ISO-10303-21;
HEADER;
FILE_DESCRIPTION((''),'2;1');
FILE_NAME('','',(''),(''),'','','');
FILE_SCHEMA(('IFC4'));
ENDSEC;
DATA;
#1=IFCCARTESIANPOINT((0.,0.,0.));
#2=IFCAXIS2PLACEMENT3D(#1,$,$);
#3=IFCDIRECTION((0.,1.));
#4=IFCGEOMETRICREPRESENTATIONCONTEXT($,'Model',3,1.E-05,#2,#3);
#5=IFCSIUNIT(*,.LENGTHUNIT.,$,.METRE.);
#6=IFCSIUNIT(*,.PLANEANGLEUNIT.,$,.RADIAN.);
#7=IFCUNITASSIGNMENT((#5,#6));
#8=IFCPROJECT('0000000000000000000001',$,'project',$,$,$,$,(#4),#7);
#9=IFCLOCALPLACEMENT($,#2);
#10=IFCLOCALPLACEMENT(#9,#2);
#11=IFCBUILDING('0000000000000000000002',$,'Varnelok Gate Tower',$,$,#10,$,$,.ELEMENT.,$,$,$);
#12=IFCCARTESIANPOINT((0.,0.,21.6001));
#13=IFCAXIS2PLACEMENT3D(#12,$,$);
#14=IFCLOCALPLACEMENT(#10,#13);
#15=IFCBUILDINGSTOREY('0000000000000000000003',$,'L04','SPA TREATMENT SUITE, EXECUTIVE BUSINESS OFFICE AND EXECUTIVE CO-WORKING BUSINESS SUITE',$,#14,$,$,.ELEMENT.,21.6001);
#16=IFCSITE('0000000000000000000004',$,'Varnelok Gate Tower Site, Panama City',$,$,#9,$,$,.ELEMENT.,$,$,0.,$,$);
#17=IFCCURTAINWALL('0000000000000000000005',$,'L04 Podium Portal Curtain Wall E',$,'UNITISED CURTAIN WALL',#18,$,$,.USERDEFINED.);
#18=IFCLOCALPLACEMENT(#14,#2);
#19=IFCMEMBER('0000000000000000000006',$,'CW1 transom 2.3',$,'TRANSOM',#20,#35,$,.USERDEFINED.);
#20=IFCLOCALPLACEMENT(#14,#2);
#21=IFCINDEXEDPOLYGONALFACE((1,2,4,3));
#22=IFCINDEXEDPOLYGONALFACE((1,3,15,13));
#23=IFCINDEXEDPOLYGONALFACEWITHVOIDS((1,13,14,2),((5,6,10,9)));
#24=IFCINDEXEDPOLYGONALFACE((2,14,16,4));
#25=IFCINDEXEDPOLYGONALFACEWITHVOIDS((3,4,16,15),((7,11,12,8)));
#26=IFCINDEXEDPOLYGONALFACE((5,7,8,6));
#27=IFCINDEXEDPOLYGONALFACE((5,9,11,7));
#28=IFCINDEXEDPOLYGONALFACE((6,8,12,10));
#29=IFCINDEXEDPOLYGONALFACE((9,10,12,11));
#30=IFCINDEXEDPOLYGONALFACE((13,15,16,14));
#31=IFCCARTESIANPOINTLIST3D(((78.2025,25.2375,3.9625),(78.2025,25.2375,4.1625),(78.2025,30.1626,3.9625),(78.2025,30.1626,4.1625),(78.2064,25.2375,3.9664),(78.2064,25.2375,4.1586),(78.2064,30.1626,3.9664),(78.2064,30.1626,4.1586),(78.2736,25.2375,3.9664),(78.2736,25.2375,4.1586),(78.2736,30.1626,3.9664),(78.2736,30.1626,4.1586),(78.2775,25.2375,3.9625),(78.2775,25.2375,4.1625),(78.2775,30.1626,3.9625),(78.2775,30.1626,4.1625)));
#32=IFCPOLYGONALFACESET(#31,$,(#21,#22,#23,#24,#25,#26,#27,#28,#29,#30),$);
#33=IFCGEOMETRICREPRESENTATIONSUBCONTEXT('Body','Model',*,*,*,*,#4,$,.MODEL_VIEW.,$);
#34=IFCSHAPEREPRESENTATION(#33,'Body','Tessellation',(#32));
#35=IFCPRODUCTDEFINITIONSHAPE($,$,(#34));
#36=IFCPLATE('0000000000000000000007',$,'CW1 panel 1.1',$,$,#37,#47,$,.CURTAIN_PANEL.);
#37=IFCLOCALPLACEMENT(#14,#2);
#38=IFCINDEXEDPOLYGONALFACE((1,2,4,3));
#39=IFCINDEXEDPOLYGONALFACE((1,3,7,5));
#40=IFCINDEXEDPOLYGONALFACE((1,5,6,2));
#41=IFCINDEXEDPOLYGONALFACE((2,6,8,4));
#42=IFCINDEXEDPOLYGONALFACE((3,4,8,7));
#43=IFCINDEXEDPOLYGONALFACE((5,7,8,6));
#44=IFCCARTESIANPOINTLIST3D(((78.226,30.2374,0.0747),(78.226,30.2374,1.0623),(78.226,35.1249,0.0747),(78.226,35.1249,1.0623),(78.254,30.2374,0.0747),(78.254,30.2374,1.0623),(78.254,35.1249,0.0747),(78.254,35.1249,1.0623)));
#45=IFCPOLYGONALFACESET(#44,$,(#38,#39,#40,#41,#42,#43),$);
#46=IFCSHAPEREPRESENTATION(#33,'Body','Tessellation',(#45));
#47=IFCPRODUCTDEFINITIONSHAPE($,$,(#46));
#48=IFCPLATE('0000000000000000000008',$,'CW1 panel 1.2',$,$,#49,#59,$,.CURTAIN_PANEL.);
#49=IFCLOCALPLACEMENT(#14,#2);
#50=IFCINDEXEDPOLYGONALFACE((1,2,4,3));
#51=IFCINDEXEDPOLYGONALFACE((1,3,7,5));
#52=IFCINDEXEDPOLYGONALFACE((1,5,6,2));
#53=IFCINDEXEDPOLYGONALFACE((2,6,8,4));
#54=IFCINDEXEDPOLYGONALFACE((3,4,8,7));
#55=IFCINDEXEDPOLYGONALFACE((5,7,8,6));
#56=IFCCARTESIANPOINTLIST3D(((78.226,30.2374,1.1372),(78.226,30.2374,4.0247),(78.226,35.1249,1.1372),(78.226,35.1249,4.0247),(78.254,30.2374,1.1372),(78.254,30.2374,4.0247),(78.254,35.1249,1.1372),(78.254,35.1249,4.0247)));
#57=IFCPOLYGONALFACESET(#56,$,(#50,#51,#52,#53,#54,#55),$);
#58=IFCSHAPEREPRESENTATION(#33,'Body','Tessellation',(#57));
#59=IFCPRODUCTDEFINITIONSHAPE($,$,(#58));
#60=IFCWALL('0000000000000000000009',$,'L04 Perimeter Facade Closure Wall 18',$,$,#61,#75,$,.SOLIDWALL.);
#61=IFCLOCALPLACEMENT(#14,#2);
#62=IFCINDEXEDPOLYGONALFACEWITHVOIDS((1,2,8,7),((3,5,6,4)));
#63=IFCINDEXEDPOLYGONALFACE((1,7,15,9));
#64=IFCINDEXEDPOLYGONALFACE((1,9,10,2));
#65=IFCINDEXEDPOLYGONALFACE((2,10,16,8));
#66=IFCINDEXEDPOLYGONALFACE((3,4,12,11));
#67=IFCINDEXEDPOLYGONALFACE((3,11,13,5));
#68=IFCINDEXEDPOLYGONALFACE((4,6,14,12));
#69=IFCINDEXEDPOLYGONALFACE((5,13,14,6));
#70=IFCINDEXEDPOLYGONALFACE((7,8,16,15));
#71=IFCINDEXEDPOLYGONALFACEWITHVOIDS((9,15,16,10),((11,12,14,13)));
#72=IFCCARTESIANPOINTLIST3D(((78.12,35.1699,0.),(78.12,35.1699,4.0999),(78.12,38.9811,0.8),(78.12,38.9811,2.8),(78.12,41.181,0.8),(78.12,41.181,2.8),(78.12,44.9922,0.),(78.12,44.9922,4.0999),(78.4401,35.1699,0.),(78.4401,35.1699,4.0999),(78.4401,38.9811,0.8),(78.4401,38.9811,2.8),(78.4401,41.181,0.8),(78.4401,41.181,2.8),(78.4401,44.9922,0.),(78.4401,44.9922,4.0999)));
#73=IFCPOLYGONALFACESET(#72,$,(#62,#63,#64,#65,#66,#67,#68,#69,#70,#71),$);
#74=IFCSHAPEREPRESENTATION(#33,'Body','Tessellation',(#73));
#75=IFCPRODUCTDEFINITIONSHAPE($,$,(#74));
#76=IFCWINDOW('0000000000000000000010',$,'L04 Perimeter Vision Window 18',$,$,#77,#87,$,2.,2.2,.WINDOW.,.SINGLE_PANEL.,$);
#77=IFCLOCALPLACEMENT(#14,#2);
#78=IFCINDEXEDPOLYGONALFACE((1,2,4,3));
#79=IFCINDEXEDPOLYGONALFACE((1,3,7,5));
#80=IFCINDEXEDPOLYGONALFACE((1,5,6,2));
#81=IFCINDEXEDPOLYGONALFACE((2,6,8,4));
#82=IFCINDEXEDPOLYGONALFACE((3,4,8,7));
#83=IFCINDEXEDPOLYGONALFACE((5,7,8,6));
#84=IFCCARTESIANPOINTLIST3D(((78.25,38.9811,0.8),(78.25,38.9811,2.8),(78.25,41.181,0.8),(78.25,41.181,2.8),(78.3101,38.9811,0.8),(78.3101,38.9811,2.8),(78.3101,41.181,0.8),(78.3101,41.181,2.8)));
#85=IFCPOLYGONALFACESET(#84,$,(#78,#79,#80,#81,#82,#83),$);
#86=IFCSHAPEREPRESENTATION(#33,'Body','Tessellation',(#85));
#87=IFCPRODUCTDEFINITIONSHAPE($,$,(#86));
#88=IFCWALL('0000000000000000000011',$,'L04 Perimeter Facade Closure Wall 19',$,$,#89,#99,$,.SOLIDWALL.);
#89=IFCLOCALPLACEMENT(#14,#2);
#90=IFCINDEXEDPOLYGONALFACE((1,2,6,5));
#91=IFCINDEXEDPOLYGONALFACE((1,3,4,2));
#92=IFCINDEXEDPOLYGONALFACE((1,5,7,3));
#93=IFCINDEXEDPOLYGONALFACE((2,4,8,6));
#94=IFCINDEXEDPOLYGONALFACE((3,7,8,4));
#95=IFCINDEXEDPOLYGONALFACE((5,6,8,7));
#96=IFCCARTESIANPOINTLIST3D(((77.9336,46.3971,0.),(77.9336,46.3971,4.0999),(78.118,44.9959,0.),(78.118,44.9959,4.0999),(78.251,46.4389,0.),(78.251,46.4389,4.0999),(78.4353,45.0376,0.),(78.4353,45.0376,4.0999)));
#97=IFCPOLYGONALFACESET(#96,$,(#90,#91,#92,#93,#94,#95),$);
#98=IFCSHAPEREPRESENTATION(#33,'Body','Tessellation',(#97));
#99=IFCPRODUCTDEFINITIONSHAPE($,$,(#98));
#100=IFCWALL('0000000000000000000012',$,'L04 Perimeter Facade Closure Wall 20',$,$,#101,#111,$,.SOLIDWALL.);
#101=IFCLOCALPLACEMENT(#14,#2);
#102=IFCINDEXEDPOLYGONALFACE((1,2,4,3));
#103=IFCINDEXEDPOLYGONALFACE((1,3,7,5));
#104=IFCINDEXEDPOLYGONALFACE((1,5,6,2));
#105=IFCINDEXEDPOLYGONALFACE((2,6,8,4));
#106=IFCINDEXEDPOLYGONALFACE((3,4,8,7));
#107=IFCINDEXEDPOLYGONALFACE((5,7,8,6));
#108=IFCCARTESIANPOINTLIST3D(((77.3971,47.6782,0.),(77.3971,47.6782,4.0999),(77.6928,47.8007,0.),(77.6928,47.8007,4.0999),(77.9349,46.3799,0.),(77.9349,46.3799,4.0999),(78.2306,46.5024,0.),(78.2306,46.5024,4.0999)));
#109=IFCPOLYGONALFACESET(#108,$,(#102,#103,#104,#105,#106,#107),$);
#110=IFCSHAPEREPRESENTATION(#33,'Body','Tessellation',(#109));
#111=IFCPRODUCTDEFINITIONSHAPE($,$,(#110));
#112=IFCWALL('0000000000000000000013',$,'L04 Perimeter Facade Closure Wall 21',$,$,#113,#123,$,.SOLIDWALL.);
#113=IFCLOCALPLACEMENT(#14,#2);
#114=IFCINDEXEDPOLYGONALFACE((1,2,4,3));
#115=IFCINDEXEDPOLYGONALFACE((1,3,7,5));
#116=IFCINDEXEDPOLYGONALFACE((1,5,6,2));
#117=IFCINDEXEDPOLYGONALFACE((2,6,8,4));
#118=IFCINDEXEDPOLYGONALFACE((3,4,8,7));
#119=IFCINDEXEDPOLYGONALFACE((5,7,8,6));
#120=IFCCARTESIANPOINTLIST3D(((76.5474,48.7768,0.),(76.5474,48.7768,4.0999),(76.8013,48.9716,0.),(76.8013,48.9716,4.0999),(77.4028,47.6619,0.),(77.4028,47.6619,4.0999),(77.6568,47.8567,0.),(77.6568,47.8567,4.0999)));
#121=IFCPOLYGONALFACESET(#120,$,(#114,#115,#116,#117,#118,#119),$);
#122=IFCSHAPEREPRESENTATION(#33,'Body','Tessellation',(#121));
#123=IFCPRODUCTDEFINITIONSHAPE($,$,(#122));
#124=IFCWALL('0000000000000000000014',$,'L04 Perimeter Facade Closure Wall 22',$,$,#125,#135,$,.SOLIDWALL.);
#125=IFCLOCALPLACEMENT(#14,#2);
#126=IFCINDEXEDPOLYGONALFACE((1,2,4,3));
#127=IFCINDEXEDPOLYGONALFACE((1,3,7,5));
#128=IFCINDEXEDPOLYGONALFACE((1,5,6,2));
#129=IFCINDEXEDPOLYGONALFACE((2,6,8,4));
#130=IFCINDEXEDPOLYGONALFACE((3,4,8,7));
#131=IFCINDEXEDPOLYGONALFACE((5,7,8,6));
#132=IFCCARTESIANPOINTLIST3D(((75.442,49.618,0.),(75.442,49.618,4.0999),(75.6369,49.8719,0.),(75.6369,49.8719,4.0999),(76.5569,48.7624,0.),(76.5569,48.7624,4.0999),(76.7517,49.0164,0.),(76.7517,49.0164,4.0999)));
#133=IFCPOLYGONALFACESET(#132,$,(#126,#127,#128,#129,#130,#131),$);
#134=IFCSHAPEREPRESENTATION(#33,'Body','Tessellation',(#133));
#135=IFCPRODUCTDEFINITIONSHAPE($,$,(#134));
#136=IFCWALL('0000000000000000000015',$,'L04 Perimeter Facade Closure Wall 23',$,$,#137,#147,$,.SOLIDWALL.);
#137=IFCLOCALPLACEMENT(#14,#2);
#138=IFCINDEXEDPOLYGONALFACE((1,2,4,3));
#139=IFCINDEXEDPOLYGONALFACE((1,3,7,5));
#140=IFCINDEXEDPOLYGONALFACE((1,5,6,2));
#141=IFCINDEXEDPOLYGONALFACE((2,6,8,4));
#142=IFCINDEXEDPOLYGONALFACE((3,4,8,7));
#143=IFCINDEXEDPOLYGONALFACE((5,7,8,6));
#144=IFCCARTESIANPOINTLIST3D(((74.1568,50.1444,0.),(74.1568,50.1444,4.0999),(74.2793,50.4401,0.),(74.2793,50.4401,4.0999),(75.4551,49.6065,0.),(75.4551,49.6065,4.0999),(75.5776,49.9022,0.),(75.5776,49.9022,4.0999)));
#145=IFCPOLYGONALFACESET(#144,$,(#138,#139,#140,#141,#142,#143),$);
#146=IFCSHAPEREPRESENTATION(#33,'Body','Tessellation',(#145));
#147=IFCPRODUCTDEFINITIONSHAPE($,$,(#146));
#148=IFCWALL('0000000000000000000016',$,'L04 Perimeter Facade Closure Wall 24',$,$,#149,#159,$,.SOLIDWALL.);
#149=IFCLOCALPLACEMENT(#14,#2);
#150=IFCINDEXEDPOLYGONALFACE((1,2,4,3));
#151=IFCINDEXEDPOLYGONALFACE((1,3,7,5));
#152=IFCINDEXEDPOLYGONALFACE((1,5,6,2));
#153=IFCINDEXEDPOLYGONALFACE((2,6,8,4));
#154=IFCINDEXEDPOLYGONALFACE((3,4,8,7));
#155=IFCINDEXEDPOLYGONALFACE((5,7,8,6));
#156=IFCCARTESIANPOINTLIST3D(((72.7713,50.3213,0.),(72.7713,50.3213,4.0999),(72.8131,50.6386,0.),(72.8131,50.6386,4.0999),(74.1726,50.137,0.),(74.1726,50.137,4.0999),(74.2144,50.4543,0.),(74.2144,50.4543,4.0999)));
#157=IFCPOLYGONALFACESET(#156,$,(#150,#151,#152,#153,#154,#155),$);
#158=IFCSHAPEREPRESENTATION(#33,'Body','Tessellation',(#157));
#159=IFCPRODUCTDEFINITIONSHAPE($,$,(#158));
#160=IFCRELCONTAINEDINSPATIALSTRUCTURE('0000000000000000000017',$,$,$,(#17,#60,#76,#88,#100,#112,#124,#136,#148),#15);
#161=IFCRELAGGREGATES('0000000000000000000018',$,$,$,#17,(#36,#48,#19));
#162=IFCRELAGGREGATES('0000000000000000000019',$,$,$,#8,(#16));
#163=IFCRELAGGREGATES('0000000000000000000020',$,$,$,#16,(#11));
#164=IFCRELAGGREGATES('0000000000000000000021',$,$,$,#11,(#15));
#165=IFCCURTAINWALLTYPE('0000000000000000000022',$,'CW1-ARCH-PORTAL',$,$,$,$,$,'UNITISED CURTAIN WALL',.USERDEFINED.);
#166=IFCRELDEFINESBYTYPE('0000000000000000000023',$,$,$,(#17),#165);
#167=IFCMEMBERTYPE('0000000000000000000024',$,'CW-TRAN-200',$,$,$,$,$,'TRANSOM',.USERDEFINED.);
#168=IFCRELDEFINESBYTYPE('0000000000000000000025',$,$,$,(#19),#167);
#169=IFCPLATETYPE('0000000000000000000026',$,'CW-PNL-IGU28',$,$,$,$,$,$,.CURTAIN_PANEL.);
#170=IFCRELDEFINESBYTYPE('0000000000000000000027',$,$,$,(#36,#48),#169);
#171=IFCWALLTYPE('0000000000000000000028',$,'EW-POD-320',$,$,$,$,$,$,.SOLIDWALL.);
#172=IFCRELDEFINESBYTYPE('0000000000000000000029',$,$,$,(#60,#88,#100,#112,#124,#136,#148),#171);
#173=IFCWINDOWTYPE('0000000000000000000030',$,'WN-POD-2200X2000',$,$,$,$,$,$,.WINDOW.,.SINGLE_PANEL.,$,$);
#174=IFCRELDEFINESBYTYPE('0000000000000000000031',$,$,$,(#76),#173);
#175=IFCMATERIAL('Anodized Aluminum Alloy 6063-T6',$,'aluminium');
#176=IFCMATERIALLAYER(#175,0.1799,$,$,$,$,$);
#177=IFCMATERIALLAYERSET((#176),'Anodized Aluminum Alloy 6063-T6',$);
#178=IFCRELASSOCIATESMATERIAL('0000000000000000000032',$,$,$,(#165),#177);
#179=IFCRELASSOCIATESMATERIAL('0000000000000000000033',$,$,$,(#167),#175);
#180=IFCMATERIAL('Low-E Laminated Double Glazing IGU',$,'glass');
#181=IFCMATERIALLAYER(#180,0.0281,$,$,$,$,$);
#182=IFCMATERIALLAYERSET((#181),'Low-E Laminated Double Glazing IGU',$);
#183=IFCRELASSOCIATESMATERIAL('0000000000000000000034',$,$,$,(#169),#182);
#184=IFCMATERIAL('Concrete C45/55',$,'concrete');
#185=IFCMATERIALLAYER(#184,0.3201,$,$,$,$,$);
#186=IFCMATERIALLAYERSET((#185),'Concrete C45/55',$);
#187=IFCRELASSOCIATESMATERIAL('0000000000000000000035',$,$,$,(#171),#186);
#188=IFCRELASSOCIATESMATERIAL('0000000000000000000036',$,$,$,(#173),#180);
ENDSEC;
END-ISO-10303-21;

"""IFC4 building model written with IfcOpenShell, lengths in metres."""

from ifc_helpers import new_model, si_unit, direction, frame, frame_2d, origin, origin_2d, place, context, subcontext, project, spatial, rectangle, hollow_rectangle, extrude, source, transform, mapped, material, layer, layer_set, material_profile, profile_set, type_object, element, fill, aggregate, save


model = new_model("IFC4")

# Units and contexts
model_context = context("Model", 3, precision=1e-05, world=origin(), true_north=direction((0.0, 1.0)))
body_context = subcontext(model_context, "Body", "Model", "MODEL_VIEW")
ifc_project = project(units=[si_unit("LENGTHUNIT", "METRE"), si_unit("PLANEANGLEUNIT", "RADIAN")], contexts=[model_context])

# Site, building, storey
site_placement = place(None, origin())
site = spatial("IfcSite", under=ifc_project, at=site_placement, Name="Varnelok Gate Tower Site, Panama City", CompositionType="ELEMENT", RefElevation=0.0)
building_placement = place(site_placement, origin())
building = spatial("IfcBuilding", under=site, at=building_placement, Name="Varnelok Gate Tower", CompositionType="ELEMENT")
storey_placement = place(building_placement, frame((0.0, 0.0, 21.6001)))
storey = spatial("IfcBuildingStorey", under=building, at=storey_placement, Name="L04", Description="SPA TREATMENT SUITE, EXECUTIVE BUSINESS OFFICE AND EXECUTIVE CO-WORKING BUSINESS SUITE", CompositionType="ELEMENT", Elevation=21.6001)

# Curtain wall, member, plates
ifc_material_1 = material(Name="Anodized Aluminum Alloy 6063-T6", Category="aluminium")
ifc_layer_1 = layer(ifc_material_1, 0.1799)
ifc_layer_set_1 = layer_set([ifc_layer_1], Name="Anodized Aluminum Alloy 6063-T6")
curtain_wall_type = type_object("IfcCurtainWallType", Name="CW1-ARCH-PORTAL", ElementType="UNITISED CURTAIN WALL", PredefinedType="USERDEFINED", material=ifc_layer_set_1)
curtain_wall_placement = place(storey_placement, origin())
curtain_wall = element("IfcCurtainWall", 1, at=curtain_wall_placement, inside=storey, type_object=curtain_wall_type, Name="L04 Podium Portal Curtain Wall E", ObjectType="UNITISED CURTAIN WALL", PredefinedType="USERDEFINED")
ifc_material_profile_1 = material_profile(ifc_material_1, hollow_rectangle(XDim=0.075, YDim=0.2, WallThickness=0.0039, at=origin_2d()), Name="ALU200X75X4")
ifc_profile_set_1 = profile_set([ifc_material_profile_1], Name="Anodized Aluminum Alloy 6063-T6")
member_type_1 = type_object("IfcMemberType", Name="CW-TRAN-200", ElementType="TRANSOM", PredefinedType="USERDEFINED", material=ifc_profile_set_1)
member_1_placement = place(storey_placement, frame((78.24, 30.1626, 4.0625), z_axis=(0.0, -1.0, 0.0), x_axis=(1.0, 0.0, 0.0)))
member_1 = element("IfcMember", 2, at=member_1_placement, type_object=member_type_1, Name="CW1 transom 2.3", ObjectType="TRANSOM", PredefinedType="USERDEFINED", context=body_context, shape_type="SweptSolid", body=[
    extrude(hollow_rectangle(XDim=0.075, YDim=0.2, WallThickness=0.0039, at=origin_2d()), origin(), (0.0, 0.0, 1.0), 4.925),
])
ifc_material_2 = material(Name="Low-E Laminated Double Glazing IGU", Category="glass")
ifc_layer_2 = layer(ifc_material_2, 0.0281)
ifc_layer_set_2 = layer_set([ifc_layer_2], Name="Low-E Laminated Double Glazing IGU")
plate_type = type_object("IfcPlateType", Name="CW-PNL-IGU28", PredefinedType="CURTAIN_PANEL", material=ifc_layer_set_2)
shared_shape_1 = source(origin(), body_context, "Body", "SweptSolid", [
    extrude(rectangle(XDim=4.8875, YDim=0.0281, at=origin_2d()), origin(), (0.0, 0.0, 1.0), 0.9875),
])
plate_1_placement = place(storey_placement, frame((78.24, 32.6812, 0.0747), z_axis=(0.0, 0.0, 1.0), x_axis=(0.0, -1.0, 0.0)))
plate_1 = element("IfcPlate", 3, at=plate_1_placement, type_object=plate_type, Name="CW1 panel 1.1", PredefinedType="CURTAIN_PANEL", context=body_context, shape_type="MappedRepresentation", body=[
    mapped(shared_shape_1, transform((0.0, 0.0, 0.0), scale=1.0)),
])
shared_shape_2 = source(origin(), body_context, "Body", "SweptSolid", [
    extrude(rectangle(XDim=4.8875, YDim=0.0281, at=origin_2d()), origin(), (0.0, 0.0, 1.0), 2.8875),
])
plate_2_placement = place(storey_placement, frame((78.24, 32.6812, 1.1372), z_axis=(0.0, 0.0, 1.0), x_axis=(0.0, -1.0, 0.0)))
plate_2 = element("IfcPlate", 4, at=plate_2_placement, type_object=plate_type, Name="CW1 panel 1.2", PredefinedType="CURTAIN_PANEL", context=body_context, shape_type="MappedRepresentation", body=[
    mapped(shared_shape_2, transform((0.0, 0.0, 0.0), scale=1.0)),
])
aggregate(curtain_wall, [plate_1, plate_2, member_1])

# Wall, opening, window
ifc_material_3 = material(Name="Concrete C45/55", Category="concrete")
ifc_layer_3 = layer(ifc_material_3, 0.3201)
ifc_layer_set_3 = layer_set([ifc_layer_3], Name="Concrete C45/55")
wall_type = type_object("IfcWallType", Name="EW-POD-320", PredefinedType="SOLIDWALL", material=ifc_layer_set_3)
wall_1_placement = place(storey_placement, frame((78.28, 35.1699, 0.0), z_axis=(0.0, 0.0, 1.0), x_axis=(0.0, 1.0, 0.0)))
wall_1 = element("IfcWall", 5, at=wall_1_placement, inside=storey, type_object=wall_type, Name="L04 Perimeter Facade Closure Wall 18", PredefinedType="SOLIDWALL", context=body_context, shape_type="SweptSolid", body=[
    extrude(rectangle(XDim=9.8223, YDim=0.3201, at=frame_2d((4.9111, 0.0))), origin(), (0.0, 0.0, 1.0), 4.0999),
])
opening_placement = place(wall_1_placement, frame((3.811, 0.0, 0.8)))
opening = element("IfcOpeningElement", 6, at=opening_placement, cuts=wall_1, PredefinedType="OPENING", context=body_context, shape_type="SweptSolid", body=[
    extrude(rectangle(XDim=2.2, YDim=2.0, at=frame_2d((1.1001, 1.0))), frame((0.0, 0.1699, 0.0), z_axis=(0.0, -1.0, 0.0), x_axis=(1.0, 0.0, 0.0)), (0.0, 0.0, 1.0), 0.3401),
])
window_type = type_object("IfcWindowType", Name="WN-POD-2200X2000", PartitioningType="SINGLE_PANEL", PredefinedType="WINDOW", material=ifc_material_2)
window_placement = place(opening_placement, origin())
window = element("IfcWindow", 7, at=window_placement, inside=storey, type_object=window_type, Name="L04 Perimeter Vision Window 18", OverallHeight=2.0, OverallWidth=2.2, PartitioningType="SINGLE_PANEL", PredefinedType="WINDOW", context=body_context, shape_type="SweptSolid", body=[
    extrude(rectangle(XDim=2.2, YDim=2.0, at=frame_2d((1.1001, 1.0))), frame((0.0, 0.03, 0.0), z_axis=(0.0, -1.0, 0.0), x_axis=(1.0, 0.0, 0.0)), (0.0, 0.0, 1.0), 0.0601),
])
fill(opening, window)

# Walls
wall_2_placement = place(storey_placement, frame((78.2766, 45.0168, 0.0), z_axis=(0.0, 0.0, 1.0), x_axis=(-0.13041, 0.99146, 0.0)))
element("IfcWall", 8, at=wall_2_placement, inside=storey, type_object=wall_type, Name="L04 Perimeter Facade Closure Wall 19", PredefinedType="SOLIDWALL", context=body_context, shape_type="SweptSolid", body=[
    extrude(rectangle(XDim=1.4133, YDim=0.3201, at=frame_2d((0.7065, 0.0))), origin(), (0.0, 0.0, 1.0), 4.0999),
])
for number, where, z_axis, x_axis, name in (
    (9, (78.0828, 46.4412, 0.0), (0.0, 0.0, 1.0), (-0.382715, 0.923866, 0.0), "L04 Perimeter Facade Closure Wall 20"),
    (10, (77.5298, 47.7593, 0.0), (0.0, 0.0, 1.0), (-0.60872, 0.793385, 0.0), "L04 Perimeter Facade Closure Wall 21"),
    (11, (76.6543, 48.8894, 0.0), (0.0, 0.0, 1.0), (-0.793321, 0.608804, 0.0), "L04 Perimeter Facade Closure Wall 22"),
    (12, (75.5164, 49.7544, 0.0), (0.0, 0.0, 1.0), (-0.923866, 0.382715, 0.0), "L04 Perimeter Facade Closure Wall 23"),
):
    element("IfcWall", number, at=place(storey_placement, frame(where, z_axis=z_axis, x_axis=x_axis)), inside=storey, type_object=wall_type, Name=name, PredefinedType="SOLIDWALL", context=body_context, shape_type="SweptSolid", body=[
        extrude(rectangle(XDim=1.4053, YDim=0.3201, at=frame_2d((0.7026, 0.0))), origin(), (0.0, 0.0, 1.0), 4.0999),
    ])
wall_3_placement = place(storey_placement, frame((74.1934, 50.2957, 0.0), z_axis=(0.0, 0.0, 1.0), x_axis=(-0.99146, 0.13041, 0.0)))
element("IfcWall", 13, at=wall_3_placement, inside=storey, type_object=wall_type, Name="L04 Perimeter Facade Closure Wall 24", PredefinedType="SOLIDWALL", context=body_context, shape_type="SweptSolid", body=[
    extrude(rectangle(XDim=1.4133, YDim=0.3201, at=frame_2d((0.7065, 0.0))), origin(), (0.0, 0.0, 1.0), 4.0999),
])

save(model, "model.ifc")
